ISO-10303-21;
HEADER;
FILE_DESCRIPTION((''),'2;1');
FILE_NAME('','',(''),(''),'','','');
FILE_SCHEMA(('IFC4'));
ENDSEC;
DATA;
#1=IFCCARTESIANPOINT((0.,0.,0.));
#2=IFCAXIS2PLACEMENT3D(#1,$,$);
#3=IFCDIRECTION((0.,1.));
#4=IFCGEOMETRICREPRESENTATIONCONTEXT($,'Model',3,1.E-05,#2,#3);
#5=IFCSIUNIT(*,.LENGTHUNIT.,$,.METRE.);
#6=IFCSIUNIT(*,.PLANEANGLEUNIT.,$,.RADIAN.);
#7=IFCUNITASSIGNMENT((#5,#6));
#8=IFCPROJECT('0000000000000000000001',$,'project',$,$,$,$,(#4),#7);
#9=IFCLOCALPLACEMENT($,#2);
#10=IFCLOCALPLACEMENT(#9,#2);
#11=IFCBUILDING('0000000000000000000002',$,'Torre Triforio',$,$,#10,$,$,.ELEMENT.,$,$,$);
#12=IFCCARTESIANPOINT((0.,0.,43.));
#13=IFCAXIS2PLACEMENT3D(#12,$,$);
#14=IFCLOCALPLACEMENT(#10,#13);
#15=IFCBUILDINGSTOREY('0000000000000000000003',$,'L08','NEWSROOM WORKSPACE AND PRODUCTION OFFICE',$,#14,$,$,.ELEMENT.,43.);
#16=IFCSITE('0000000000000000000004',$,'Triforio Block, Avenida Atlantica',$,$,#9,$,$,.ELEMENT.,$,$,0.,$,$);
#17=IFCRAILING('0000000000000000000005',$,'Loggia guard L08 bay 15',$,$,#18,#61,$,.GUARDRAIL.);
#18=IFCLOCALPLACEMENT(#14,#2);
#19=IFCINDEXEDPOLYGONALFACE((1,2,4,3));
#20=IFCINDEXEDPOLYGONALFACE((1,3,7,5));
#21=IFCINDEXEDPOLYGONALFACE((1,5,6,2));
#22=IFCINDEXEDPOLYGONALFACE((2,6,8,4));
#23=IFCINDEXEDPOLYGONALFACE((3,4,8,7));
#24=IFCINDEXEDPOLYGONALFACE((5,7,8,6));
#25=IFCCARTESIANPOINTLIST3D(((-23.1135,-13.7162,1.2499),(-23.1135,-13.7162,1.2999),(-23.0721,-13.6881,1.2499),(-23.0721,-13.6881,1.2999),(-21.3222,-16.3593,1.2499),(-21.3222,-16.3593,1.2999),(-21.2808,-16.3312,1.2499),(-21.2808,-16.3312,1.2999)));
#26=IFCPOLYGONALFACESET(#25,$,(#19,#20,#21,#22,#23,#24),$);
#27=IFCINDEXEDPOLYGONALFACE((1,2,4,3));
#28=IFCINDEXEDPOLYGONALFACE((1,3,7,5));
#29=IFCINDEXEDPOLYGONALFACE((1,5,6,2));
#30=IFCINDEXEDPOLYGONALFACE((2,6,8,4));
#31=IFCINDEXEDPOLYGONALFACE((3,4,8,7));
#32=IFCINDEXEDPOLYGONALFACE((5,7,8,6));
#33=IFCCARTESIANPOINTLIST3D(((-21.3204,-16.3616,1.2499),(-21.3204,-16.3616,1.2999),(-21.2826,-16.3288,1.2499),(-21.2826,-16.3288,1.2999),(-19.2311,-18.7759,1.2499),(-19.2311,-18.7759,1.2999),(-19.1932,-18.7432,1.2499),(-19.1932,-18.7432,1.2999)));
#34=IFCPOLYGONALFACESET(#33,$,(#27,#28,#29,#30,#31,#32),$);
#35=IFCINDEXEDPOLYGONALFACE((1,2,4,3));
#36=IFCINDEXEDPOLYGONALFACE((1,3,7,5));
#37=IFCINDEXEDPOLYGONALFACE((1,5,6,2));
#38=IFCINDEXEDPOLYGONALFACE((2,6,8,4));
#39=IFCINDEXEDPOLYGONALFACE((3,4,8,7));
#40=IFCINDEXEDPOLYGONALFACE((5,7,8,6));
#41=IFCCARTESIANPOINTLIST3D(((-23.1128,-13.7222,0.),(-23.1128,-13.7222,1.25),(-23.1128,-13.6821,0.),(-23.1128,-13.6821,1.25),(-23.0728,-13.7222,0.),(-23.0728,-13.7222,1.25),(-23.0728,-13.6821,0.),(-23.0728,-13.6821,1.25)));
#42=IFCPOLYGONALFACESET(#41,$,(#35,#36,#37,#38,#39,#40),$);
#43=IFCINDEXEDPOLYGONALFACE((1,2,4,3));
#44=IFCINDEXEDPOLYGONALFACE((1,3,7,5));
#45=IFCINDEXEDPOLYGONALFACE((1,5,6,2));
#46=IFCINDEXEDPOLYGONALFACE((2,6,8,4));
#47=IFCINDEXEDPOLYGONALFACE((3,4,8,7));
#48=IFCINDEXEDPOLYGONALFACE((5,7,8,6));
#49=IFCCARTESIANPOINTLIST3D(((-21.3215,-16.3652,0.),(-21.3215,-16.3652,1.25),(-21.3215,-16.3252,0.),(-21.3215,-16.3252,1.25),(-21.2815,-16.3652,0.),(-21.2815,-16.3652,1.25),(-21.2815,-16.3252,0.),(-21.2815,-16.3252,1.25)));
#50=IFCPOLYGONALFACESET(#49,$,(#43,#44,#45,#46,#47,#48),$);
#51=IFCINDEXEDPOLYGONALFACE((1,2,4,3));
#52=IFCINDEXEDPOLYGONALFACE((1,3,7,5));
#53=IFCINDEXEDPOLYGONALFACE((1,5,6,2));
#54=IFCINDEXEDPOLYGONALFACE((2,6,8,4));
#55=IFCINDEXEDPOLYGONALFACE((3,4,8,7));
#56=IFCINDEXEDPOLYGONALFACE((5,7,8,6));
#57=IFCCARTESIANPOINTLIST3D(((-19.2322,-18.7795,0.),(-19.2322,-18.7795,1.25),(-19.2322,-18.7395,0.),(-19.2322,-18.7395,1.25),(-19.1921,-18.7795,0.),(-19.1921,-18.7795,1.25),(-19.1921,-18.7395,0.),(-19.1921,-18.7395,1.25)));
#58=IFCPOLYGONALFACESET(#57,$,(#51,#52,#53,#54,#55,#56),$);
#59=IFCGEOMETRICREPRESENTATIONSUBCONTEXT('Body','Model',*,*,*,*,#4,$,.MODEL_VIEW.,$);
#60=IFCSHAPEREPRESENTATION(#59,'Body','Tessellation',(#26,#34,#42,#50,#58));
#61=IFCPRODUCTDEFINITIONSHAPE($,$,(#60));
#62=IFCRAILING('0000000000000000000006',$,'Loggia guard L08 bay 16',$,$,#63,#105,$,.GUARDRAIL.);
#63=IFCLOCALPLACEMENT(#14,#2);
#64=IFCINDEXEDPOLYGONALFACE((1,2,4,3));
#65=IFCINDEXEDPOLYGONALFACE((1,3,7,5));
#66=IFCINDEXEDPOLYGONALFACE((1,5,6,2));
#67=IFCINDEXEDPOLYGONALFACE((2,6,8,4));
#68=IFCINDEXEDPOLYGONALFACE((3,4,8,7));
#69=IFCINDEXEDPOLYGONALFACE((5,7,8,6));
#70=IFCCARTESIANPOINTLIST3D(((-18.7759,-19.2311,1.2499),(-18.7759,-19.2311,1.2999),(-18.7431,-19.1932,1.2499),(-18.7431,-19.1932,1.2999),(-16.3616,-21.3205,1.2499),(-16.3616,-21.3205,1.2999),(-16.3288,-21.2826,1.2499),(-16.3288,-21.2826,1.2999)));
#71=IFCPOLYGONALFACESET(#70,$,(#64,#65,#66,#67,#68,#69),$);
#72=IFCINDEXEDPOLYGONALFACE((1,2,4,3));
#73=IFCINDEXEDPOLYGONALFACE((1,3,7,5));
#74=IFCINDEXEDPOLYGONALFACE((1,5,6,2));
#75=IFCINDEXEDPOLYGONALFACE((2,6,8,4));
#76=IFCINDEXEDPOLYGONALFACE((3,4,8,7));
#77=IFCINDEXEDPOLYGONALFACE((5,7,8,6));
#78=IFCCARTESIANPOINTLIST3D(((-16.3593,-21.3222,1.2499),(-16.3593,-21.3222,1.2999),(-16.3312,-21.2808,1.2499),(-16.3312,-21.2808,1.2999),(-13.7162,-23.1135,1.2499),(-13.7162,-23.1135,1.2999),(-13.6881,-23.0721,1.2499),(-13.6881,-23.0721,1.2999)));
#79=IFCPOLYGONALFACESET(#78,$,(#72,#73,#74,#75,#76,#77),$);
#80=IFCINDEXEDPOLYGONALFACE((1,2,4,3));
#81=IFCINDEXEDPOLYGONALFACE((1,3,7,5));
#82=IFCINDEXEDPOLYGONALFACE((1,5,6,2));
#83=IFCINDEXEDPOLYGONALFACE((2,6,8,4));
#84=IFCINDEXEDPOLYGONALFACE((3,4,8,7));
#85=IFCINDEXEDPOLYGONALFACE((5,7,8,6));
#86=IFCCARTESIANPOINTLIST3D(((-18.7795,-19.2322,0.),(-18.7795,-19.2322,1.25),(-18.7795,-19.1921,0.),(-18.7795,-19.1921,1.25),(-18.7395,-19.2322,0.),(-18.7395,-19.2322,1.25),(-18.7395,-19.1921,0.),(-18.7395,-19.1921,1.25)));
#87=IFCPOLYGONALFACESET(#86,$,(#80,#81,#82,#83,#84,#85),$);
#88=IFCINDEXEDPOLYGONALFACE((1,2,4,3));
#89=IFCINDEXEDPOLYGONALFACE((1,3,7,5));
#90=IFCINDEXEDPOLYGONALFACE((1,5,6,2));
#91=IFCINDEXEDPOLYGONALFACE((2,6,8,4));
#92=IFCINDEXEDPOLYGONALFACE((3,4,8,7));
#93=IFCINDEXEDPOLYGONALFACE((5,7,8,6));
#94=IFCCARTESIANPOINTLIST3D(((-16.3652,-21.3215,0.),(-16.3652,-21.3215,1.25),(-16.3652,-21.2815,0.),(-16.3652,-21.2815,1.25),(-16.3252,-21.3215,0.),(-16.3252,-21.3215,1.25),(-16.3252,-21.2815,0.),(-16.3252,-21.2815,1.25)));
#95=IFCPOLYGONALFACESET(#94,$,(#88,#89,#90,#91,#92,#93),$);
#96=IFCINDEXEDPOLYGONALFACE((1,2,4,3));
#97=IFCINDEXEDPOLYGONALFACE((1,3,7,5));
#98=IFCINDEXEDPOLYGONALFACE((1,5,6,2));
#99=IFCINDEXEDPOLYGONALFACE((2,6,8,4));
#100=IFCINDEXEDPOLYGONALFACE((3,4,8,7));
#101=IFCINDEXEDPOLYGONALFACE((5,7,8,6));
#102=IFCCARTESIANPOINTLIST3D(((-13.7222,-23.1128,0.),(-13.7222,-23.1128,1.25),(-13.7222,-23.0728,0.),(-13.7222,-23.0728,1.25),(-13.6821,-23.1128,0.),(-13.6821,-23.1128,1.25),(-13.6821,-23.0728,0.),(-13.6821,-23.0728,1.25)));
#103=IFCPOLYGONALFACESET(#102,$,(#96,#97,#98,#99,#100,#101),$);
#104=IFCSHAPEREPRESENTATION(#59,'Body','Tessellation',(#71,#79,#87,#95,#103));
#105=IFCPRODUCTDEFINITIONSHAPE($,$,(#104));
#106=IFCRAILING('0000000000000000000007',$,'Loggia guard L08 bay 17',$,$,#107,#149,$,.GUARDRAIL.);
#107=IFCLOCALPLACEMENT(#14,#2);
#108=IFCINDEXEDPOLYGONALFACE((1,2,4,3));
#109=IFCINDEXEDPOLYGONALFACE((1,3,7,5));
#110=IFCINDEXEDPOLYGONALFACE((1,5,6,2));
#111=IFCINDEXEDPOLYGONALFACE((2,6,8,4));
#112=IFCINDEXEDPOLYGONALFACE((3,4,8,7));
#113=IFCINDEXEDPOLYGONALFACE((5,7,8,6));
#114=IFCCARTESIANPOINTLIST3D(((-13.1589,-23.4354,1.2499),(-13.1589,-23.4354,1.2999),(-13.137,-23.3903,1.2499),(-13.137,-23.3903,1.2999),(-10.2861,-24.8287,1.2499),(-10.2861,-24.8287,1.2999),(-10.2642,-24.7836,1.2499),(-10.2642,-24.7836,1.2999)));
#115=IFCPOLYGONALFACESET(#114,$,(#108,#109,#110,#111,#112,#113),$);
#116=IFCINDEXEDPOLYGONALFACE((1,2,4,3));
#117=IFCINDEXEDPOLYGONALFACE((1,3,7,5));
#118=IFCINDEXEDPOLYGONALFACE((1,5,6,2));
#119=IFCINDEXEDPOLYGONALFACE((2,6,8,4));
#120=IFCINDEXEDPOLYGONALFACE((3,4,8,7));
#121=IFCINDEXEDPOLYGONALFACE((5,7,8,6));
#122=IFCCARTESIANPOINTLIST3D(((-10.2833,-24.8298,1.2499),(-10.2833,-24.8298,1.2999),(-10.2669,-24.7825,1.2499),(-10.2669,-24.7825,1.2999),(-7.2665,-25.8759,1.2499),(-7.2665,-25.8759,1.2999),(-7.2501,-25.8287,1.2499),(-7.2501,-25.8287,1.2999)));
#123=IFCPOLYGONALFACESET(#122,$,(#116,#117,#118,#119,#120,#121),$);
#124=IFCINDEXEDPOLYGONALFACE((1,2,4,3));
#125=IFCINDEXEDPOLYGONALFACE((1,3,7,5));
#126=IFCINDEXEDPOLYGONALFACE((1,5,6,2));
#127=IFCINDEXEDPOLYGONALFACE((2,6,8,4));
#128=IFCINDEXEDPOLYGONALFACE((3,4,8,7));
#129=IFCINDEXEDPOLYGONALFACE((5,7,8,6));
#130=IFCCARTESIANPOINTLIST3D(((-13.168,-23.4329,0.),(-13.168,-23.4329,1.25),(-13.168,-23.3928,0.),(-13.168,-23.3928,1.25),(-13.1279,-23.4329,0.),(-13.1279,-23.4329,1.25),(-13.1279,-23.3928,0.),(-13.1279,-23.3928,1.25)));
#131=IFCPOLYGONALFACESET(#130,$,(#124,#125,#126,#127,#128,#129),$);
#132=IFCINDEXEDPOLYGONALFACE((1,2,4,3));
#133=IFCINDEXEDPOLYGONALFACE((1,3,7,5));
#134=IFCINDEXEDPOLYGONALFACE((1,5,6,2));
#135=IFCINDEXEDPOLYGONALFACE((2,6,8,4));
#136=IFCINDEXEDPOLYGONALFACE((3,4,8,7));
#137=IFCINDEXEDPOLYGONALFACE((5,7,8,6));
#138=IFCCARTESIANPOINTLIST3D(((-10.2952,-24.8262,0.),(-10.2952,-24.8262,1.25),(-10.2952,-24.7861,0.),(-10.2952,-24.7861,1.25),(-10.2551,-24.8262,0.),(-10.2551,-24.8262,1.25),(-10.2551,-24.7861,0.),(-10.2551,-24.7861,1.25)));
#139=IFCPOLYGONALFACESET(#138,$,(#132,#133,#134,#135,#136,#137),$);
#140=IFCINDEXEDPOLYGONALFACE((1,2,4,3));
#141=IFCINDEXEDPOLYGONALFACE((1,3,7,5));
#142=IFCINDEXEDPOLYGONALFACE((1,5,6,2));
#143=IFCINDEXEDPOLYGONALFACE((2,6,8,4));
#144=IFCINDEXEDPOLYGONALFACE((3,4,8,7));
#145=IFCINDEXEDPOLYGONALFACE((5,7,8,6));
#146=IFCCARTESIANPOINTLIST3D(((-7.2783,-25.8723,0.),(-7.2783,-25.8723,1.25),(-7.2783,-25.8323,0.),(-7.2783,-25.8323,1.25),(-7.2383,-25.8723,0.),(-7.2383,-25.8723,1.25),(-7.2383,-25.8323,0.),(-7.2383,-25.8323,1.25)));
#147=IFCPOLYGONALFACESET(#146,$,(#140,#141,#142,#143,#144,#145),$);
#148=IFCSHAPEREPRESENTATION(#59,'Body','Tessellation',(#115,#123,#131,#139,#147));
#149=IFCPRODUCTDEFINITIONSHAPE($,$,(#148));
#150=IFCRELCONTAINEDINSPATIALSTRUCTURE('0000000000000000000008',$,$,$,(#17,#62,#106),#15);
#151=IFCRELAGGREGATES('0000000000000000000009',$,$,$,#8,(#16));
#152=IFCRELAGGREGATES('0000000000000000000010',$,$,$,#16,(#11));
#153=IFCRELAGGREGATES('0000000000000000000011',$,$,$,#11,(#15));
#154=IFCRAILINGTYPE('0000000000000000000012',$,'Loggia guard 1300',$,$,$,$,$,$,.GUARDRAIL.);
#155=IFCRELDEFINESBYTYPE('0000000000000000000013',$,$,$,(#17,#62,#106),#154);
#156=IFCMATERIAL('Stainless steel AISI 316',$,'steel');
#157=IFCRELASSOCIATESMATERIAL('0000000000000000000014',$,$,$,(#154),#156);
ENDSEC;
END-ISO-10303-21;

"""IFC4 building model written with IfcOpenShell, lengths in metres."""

from ifc_helpers import new_model, si_unit, direction, frame, origin, origin_2d, place, context, subcontext, project, spatial, rectangle, extrude, material, type_object, element, save


model = new_model("IFC4")

# Units and contexts
model_context = context("Model", 3, precision=1e-05, world=origin(), true_north=direction((0.0, 1.0)))
body_context = subcontext(model_context, "Body", "Model", "MODEL_VIEW")
ifc_project = project(units=[si_unit("LENGTHUNIT", "METRE"), si_unit("PLANEANGLEUNIT", "RADIAN")], contexts=[model_context])

# Site, building, storey
site_placement = place(None, origin())
site = spatial("IfcSite", under=ifc_project, at=site_placement, Name="Triforio Block, Avenida Atlantica", CompositionType="ELEMENT", RefElevation=0.0)
building_placement = place(site_placement, origin())
building = spatial("IfcBuilding", under=site, at=building_placement, Name="Torre Triforio", CompositionType="ELEMENT")
storey_placement = place(building_placement, frame((0.0, 0.0, 43.0)))
storey = spatial("IfcBuildingStorey", under=building, at=storey_placement, Name="L08", Description="NEWSROOM WORKSPACE AND PRODUCTION OFFICE", CompositionType="ELEMENT", Elevation=43.0)

# Railings
ifc_material_1 = material(Name="Stainless steel AISI 316", Category="steel")
railing_type = type_object("IfcRailingType", Name="Loggia guard 1300", PredefinedType="GUARDRAIL", material=ifc_material_1)
railing_1_placement = place(storey_placement, frame((-23.0928, -13.7021, 0.0)))
element("IfcRailing", 1, at=railing_1_placement, inside=storey, type_object=railing_type, Name="Loggia guard L08 bay 15", PredefinedType="GUARDRAIL", context=body_context, shape_type="SweptSolid", body=[
    extrude(rectangle(XDim=0.05, YDim=0.05, at=origin_2d()), frame((0.0, 0.0, 1.2749), z_axis=(0.561019, -0.827803, 0.0), x_axis=(0.827803, 0.561019, 0.0)), (0.0, 0.0, 1.0), 3.1929),
    extrude(rectangle(XDim=0.05, YDim=0.05, at=origin_2d()), frame((1.7913, -2.6431, 1.2749), z_axis=(0.654386, -0.756161, 0.0), x_axis=(0.756161, 0.654386, 0.0)), (0.0, 0.0, 1.0), 3.1929),
    extrude(rectangle(XDim=0.04, YDim=0.04, at=origin_2d()), origin(), (0.0, 0.0, 1.0), 1.25),
    extrude(rectangle(XDim=0.04, YDim=0.04, at=origin_2d()), frame((1.7913, -2.6431, 0.0)), (0.0, 0.0, 1.0), 1.25),
    extrude(rectangle(XDim=0.04, YDim=0.04, at=origin_2d()), frame((3.8806, -5.0574, 0.0)), (0.0, 0.0, 1.0), 1.25),
])
railing_2_placement = place(storey_placement, frame((-18.7595, -19.2122, 0.0)))
element("IfcRailing", 2, at=railing_2_placement, inside=storey, type_object=railing_type, Name="Loggia guard L08 bay 16", PredefinedType="GUARDRAIL", context=body_context, shape_type="SweptSolid", body=[
    extrude(rectangle(XDim=0.05, YDim=0.05, at=origin_2d()), frame((0.0, 0.0, 1.2749), z_axis=(0.756161, -0.654386, 0.0), x_axis=(0.654386, 0.756161, 0.0)), (0.0, 0.0, 1.0), 3.1929),
    extrude(rectangle(XDim=0.05, YDim=0.05, at=origin_2d()), frame((2.4143, -2.0894, 1.2749), z_axis=(0.827803, -0.561019, 0.0), x_axis=(0.561019, 0.827803, 0.0)), (0.0, 0.0, 1.0), 3.1929),
    extrude(rectangle(XDim=0.04, YDim=0.04, at=origin_2d()), origin(), (0.0, 0.0, 1.0), 1.25),
    extrude(rectangle(XDim=0.04, YDim=0.04, at=origin_2d()), frame((2.4143, -2.0894, 0.0)), (0.0, 0.0, 1.0), 1.25),
    extrude(rectangle(XDim=0.04, YDim=0.04, at=origin_2d()), frame((5.0574, -3.8806, 0.0)), (0.0, 0.0, 1.0), 1.25),
])
railing_3_placement = place(storey_placement, frame((-13.1479, -23.4128, 0.0)))
element("IfcRailing", 3, at=railing_3_placement, inside=storey, type_object=railing_type, Name="Loggia guard L08 bay 17", PredefinedType="GUARDRAIL", context=body_context, shape_type="SweptSolid", body=[
    extrude(rectangle(XDim=0.05, YDim=0.05, at=origin_2d()), frame((0.0, 0.0, 1.2749), z_axis=(0.89976, -0.436384, 0.0), x_axis=(0.436384, 0.89976, 0.0)), (0.0, 0.0, 1.0), 3.1929),
    extrude(rectangle(XDim=0.05, YDim=0.05, at=origin_2d()), frame((2.8728, -1.3933, 1.2749), z_axis=(0.944807, -0.327628, 0.0), x_axis=(0.327628, 0.944807, 0.0)), (0.0, 0.0, 1.0), 3.1931),
    extrude(rectangle(XDim=0.04, YDim=0.04, at=origin_2d()), origin(), (0.0, 0.0, 1.0), 1.25),
    extrude(rectangle(XDim=0.04, YDim=0.04, at=origin_2d()), frame((2.8728, -1.3933, 0.0)), (0.0, 0.0, 1.0), 1.25),
    extrude(rectangle(XDim=0.04, YDim=0.04, at=origin_2d()), frame((5.8896, -2.4395, 0.0)), (0.0, 0.0, 1.0), 1.25),
])

save(model, "model.ifc")
